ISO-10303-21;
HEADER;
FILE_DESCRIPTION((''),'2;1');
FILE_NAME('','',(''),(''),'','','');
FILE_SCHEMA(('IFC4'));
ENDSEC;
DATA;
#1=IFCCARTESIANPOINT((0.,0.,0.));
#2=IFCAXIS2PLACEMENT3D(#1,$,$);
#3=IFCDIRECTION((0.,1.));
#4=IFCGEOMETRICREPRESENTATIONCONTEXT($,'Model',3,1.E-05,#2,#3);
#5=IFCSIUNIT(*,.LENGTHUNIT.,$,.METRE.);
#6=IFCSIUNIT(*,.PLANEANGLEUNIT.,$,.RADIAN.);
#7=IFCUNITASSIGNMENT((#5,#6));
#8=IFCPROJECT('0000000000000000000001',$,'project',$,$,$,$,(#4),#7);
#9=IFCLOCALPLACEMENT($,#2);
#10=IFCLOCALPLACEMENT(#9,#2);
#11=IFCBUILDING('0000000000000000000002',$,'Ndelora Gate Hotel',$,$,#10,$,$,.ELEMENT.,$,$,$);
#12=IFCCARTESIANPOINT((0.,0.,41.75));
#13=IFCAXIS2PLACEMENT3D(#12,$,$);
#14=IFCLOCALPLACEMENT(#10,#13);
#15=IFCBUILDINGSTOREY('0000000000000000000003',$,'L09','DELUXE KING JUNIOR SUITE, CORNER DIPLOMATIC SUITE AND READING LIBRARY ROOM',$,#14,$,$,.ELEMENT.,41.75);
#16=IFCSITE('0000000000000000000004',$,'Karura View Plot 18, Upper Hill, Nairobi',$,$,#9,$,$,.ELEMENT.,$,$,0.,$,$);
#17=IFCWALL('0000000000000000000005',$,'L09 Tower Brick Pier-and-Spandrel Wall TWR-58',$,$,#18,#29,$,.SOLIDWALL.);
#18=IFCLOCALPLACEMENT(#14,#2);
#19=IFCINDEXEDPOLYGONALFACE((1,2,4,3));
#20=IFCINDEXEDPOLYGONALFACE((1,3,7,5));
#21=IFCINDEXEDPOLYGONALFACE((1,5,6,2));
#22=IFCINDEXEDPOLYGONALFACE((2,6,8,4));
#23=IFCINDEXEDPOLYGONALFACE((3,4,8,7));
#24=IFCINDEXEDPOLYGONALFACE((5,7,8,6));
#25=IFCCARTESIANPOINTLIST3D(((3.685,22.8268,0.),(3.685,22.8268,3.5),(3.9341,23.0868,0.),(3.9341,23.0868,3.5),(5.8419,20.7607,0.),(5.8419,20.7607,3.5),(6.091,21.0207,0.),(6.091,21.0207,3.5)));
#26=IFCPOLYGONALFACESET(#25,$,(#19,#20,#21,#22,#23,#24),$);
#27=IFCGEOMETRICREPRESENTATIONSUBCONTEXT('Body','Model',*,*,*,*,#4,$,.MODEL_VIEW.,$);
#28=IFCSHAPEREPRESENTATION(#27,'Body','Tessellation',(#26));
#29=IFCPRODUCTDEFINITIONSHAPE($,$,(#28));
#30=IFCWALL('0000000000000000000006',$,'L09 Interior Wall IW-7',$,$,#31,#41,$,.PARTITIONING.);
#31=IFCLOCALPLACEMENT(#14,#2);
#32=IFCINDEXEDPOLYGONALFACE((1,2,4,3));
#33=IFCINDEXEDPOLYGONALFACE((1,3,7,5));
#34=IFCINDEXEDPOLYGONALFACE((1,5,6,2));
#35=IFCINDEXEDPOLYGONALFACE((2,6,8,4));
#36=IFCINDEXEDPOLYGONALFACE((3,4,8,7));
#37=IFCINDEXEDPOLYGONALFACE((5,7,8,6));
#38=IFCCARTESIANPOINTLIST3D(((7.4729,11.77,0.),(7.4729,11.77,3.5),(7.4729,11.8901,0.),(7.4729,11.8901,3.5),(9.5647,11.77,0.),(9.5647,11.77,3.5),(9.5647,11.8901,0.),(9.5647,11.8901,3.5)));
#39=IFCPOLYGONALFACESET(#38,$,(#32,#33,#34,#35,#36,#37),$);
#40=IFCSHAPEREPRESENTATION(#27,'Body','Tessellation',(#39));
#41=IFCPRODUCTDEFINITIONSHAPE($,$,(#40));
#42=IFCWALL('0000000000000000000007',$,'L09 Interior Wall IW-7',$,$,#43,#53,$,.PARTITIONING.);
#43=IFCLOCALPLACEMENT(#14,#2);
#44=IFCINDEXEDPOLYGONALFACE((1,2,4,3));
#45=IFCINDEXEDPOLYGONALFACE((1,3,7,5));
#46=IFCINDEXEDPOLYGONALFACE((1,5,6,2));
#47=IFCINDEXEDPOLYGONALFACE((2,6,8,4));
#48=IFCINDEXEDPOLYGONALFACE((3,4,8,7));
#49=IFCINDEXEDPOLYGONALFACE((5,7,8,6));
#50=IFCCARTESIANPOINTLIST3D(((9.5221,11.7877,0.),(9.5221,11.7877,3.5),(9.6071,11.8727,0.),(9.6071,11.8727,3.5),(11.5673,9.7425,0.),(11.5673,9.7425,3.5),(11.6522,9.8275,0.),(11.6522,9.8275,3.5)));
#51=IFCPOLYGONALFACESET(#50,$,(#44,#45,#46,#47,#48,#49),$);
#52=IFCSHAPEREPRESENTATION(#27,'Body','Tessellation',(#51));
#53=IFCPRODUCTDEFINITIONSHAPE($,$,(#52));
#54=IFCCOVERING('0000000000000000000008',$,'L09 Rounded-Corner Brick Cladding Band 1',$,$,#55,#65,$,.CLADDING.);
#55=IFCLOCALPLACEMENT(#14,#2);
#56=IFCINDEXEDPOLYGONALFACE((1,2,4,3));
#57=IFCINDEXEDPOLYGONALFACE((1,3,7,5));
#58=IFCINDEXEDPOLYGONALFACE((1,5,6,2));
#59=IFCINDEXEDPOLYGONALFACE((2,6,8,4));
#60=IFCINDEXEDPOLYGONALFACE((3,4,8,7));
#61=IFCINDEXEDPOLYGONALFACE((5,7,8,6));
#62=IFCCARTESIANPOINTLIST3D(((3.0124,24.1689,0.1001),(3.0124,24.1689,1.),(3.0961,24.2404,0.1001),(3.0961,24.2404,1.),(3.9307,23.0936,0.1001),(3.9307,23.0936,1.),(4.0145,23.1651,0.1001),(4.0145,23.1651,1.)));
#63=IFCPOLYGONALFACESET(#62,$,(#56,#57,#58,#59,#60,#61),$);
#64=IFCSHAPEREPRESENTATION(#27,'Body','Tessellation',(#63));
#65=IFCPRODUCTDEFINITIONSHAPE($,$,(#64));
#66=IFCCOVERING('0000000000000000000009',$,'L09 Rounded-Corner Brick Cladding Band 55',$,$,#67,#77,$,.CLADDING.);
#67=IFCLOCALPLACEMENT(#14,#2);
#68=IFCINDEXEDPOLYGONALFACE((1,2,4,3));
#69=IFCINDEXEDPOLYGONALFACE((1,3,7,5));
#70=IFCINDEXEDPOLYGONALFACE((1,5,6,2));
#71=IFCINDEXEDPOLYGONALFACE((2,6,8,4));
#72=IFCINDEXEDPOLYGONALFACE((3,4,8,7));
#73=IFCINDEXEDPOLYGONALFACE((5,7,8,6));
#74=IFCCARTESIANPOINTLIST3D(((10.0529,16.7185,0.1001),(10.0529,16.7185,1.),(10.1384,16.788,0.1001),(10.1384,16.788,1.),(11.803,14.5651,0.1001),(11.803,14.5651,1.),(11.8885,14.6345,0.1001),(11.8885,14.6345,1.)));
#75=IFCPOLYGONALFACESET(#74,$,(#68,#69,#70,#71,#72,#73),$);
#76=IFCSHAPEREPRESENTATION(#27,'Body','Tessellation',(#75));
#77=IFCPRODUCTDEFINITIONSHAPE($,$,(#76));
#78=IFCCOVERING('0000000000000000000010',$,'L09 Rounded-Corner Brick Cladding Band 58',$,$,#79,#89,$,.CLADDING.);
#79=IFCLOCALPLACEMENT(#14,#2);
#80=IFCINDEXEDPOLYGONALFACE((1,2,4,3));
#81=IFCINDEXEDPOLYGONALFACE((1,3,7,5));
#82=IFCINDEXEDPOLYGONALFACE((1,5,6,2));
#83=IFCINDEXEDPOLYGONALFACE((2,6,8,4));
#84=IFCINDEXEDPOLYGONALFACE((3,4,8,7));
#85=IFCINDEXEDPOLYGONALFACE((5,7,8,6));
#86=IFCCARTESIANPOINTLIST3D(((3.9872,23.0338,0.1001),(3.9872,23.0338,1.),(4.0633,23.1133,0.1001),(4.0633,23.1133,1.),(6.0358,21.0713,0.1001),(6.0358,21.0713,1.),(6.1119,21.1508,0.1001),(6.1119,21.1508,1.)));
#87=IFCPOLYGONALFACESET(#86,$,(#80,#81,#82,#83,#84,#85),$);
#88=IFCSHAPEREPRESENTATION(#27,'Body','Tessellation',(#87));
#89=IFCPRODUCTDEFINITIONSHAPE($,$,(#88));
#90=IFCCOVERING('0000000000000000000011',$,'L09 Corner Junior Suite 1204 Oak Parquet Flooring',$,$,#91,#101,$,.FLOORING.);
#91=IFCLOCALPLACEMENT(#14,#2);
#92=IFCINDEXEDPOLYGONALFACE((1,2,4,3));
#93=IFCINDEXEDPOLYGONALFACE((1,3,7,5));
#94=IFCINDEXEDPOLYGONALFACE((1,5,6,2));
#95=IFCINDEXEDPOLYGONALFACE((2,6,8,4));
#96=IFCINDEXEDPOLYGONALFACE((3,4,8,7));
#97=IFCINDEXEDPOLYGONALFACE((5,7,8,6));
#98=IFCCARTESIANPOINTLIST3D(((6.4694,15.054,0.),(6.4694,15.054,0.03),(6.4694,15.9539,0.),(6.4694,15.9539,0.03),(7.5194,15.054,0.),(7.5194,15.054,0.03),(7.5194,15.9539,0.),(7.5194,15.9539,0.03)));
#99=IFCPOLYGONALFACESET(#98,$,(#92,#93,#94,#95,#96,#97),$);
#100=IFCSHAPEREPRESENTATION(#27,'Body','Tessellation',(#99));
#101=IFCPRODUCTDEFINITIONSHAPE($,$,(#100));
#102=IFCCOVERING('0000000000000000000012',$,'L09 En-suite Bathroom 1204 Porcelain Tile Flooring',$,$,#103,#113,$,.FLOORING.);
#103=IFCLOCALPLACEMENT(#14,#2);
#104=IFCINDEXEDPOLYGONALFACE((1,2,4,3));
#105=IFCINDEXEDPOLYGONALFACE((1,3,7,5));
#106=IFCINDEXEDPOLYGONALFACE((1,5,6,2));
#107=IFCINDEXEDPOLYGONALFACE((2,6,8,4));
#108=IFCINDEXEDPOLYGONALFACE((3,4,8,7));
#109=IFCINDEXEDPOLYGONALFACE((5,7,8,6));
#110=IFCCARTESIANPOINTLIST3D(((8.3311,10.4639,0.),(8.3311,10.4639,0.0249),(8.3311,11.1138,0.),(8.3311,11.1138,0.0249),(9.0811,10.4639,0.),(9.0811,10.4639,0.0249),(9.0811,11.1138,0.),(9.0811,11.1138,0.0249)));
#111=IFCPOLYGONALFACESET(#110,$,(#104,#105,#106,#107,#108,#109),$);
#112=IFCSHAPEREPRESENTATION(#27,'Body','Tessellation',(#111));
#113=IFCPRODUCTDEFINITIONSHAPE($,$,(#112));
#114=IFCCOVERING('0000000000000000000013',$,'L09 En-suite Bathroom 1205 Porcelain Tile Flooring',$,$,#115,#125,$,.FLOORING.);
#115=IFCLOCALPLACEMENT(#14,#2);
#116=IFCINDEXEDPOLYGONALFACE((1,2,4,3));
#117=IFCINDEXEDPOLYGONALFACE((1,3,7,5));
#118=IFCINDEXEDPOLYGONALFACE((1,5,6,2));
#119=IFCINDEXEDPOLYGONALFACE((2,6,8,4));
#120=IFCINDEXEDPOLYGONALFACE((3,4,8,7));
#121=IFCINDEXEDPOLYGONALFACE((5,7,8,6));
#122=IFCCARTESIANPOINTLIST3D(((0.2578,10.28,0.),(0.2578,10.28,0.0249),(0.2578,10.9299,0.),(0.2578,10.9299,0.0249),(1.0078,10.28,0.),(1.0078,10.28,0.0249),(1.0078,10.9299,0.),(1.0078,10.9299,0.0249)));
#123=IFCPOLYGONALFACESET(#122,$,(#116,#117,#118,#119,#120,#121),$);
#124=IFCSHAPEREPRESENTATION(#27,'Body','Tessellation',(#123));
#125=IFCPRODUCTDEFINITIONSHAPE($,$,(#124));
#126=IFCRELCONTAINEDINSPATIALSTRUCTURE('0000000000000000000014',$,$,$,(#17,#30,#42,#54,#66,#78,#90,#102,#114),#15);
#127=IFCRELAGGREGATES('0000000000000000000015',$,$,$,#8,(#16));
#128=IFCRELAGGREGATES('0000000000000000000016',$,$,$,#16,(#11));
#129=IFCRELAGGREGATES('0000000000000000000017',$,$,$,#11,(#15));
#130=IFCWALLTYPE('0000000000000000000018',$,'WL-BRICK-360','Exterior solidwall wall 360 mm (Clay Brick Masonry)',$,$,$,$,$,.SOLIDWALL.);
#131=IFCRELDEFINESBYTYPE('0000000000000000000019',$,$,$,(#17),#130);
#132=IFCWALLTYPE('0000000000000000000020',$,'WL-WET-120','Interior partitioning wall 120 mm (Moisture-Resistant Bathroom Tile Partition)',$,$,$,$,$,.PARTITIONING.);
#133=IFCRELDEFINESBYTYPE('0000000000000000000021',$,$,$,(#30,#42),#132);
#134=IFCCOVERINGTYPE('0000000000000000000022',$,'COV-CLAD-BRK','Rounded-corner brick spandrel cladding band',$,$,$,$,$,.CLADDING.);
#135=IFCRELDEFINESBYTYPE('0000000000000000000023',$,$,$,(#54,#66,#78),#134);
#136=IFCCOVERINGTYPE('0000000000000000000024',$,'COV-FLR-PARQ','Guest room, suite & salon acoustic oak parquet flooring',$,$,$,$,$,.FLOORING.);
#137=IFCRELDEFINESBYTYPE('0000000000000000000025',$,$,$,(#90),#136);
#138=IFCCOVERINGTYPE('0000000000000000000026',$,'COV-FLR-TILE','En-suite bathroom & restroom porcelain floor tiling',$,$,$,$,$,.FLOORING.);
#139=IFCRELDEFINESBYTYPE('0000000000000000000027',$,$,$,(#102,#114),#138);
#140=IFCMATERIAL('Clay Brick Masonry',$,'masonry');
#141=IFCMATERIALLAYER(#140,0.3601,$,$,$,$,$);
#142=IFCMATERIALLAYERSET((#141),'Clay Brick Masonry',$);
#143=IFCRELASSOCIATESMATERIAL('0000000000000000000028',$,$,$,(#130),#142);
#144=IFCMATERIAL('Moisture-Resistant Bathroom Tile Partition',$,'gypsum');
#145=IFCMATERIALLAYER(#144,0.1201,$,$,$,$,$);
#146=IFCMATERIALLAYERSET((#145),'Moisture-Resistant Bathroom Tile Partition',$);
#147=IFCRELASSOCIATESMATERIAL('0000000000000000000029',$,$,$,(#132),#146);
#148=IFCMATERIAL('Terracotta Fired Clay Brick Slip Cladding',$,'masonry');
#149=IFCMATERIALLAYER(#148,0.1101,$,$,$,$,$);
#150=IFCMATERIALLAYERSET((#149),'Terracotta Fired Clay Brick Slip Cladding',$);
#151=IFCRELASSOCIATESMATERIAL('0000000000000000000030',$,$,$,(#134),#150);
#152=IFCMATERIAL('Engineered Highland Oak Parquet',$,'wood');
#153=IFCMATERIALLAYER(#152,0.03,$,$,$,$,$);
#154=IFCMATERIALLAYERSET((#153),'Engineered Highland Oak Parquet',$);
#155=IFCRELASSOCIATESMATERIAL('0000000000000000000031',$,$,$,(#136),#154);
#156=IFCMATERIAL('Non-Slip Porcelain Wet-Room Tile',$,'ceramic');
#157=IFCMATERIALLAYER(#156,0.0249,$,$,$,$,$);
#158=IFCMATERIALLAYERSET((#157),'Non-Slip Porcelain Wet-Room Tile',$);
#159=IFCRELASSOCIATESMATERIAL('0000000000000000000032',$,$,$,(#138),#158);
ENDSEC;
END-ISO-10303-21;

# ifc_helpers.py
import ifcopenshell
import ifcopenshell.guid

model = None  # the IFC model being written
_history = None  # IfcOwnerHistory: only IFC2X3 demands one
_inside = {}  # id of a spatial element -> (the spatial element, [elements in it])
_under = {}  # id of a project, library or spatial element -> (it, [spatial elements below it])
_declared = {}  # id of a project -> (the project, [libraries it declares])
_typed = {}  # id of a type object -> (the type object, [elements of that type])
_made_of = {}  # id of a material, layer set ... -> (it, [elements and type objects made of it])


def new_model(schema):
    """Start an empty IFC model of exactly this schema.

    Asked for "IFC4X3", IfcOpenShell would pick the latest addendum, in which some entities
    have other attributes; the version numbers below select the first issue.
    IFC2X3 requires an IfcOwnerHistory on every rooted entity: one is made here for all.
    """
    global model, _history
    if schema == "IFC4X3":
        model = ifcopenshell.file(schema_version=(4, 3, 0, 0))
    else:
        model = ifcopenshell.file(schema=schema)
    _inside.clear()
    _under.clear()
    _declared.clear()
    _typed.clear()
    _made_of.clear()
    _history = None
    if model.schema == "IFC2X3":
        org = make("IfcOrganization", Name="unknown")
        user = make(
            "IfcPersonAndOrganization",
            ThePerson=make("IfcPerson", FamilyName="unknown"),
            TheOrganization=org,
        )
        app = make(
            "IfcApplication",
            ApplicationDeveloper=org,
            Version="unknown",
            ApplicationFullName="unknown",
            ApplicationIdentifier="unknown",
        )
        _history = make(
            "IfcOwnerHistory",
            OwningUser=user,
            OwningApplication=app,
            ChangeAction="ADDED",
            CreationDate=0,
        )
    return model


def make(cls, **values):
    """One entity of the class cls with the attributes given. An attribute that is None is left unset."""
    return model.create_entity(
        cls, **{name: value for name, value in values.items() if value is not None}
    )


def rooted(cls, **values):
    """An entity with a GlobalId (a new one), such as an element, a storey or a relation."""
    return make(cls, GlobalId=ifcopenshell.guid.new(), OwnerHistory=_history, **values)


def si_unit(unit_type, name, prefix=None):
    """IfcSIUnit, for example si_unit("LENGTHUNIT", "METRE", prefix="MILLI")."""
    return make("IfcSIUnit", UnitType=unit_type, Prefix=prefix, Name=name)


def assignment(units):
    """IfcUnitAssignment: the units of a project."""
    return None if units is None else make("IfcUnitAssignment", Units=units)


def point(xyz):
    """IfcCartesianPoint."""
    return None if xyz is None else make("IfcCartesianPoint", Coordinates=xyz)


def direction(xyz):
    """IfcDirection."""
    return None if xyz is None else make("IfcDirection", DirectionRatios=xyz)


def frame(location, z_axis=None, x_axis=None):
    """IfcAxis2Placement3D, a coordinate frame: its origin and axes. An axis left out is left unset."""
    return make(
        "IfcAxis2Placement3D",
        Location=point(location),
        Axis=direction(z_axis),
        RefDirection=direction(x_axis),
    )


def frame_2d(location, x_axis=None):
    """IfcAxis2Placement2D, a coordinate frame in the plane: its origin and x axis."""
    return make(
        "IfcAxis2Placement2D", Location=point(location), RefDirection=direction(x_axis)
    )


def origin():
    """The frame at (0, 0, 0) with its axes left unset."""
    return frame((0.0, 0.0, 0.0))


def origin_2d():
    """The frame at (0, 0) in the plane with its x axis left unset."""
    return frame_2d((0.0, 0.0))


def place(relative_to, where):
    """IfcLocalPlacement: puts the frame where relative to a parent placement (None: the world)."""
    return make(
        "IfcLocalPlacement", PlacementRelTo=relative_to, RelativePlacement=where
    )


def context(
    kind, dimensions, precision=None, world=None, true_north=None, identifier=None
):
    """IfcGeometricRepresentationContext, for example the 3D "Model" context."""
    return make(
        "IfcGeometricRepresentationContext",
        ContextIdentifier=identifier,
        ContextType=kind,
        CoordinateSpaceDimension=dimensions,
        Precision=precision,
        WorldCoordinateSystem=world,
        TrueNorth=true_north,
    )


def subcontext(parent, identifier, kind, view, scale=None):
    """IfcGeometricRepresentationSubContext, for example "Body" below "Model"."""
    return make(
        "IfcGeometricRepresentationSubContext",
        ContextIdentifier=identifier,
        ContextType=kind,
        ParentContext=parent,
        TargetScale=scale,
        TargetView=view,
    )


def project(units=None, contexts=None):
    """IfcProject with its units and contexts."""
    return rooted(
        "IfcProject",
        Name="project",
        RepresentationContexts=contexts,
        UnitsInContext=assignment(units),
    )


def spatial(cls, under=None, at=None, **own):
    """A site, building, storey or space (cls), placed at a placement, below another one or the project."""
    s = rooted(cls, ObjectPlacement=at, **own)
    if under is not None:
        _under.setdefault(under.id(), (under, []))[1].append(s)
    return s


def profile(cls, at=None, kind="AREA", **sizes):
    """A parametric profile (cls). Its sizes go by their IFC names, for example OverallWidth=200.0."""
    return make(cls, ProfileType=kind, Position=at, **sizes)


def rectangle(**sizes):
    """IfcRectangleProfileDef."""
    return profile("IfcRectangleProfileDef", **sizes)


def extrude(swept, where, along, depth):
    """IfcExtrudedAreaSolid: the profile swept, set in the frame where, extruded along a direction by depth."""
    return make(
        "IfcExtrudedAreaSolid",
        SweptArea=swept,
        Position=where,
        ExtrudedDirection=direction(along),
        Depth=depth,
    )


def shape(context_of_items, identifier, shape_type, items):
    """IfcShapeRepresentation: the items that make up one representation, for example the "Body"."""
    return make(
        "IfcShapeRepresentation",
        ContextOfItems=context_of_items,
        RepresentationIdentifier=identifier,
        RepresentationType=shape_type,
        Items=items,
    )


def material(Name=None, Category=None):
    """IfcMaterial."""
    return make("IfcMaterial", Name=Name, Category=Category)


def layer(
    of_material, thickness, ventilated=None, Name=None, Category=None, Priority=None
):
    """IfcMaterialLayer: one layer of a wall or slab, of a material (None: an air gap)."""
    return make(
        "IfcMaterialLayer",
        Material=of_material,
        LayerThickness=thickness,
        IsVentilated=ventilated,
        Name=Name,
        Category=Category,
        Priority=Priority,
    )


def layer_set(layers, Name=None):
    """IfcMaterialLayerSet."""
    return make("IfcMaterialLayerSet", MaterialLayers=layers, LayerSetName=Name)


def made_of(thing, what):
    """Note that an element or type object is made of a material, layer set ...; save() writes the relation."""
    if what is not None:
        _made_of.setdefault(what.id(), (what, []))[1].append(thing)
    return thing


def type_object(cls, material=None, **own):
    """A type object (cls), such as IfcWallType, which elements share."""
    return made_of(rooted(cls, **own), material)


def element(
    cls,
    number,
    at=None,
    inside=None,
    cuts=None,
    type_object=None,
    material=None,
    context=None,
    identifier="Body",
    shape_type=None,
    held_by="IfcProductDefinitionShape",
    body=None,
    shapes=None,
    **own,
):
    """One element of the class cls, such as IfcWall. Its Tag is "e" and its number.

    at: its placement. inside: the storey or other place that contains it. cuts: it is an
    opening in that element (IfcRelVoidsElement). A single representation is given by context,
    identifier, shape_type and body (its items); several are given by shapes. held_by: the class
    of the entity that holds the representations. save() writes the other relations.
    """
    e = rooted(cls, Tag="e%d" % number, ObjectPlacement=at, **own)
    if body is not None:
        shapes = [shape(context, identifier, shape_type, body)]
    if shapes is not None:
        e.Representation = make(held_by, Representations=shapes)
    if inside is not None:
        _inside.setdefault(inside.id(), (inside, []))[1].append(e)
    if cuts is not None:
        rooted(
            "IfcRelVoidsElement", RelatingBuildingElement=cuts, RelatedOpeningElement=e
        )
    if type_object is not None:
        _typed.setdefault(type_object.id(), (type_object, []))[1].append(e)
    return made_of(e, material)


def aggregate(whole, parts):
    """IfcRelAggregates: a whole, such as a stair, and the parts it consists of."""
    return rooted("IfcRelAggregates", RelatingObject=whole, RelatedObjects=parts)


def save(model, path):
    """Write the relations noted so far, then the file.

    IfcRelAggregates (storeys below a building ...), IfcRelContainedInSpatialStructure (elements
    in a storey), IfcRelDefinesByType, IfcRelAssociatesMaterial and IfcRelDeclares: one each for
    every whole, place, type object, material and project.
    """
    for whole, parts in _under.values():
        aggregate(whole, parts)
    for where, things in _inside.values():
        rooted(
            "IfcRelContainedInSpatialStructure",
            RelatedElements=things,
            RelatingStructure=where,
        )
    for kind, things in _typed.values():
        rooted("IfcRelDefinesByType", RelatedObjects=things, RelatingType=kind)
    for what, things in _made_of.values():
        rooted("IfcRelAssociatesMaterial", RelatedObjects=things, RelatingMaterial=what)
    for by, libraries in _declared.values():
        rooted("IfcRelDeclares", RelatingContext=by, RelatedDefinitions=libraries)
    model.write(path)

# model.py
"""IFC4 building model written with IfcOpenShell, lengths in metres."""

from ifc_helpers import new_model, si_unit, direction, frame, frame_2d, origin, origin_2d, place, context, subcontext, project, spatial, rectangle, extrude, material, layer, layer_set, type_object, element, save


model = new_model("IFC4")

# Units and contexts
model_context = context("Model", 3, precision=1e-05, world=origin(), true_north=direction((0.0, 1.0)))
body_context = subcontext(model_context, "Body", "Model", "MODEL_VIEW")
ifc_project = project(units=[si_unit("LENGTHUNIT", "METRE"), si_unit("PLANEANGLEUNIT", "RADIAN")], contexts=[model_context])

# Site, building, storey
site_placement = place(None, origin())
site = spatial("IfcSite", under=ifc_project, at=site_placement, Name="Karura View Plot 18, Upper Hill, Nairobi", CompositionType="ELEMENT", RefElevation=0.0)
building_placement = place(site_placement, origin())
building = spatial("IfcBuilding", under=site, at=building_placement, Name="Ndelora Gate Hotel", CompositionType="ELEMENT")
storey_placement = place(building_placement, frame((0.0, 0.0, 41.75)))
storey = spatial("IfcBuildingStorey", under=building, at=storey_placement, Name="L09", Description="DELUXE KING JUNIOR SUITE, CORNER DIPLOMATIC SUITE AND READING LIBRARY ROOM", CompositionType="ELEMENT", Elevation=41.75)

# Shared definitions
ifc_material_1 = material(Name="Clay Brick Masonry", Category="masonry")
ifc_layer_1 = layer(ifc_material_1, 0.3601)
ifc_layer_set_1 = layer_set([ifc_layer_1], Name="Clay Brick Masonry")
wall_type_1 = type_object("IfcWallType", Name="WL-BRICK-360", Description="Exterior solidwall wall 360 mm (Clay Brick Masonry)", PredefinedType="SOLIDWALL", material=ifc_layer_set_1)

# Walls
wall_1_placement = place(storey_placement, frame((3.8096, 22.9568, 0.0), z_axis=(0.0, 0.0, 1.0), x_axis=(0.722146, -0.69174, 0.0)))
element("IfcWall", 1, at=wall_1_placement, inside=storey, type_object=wall_type_1, Name="L09 Tower Brick Pier-and-Spandrel Wall TWR-58", PredefinedType="SOLIDWALL", context=body_context, shape_type="SweptSolid", body=[
    extrude(rectangle(XDim=2.9868, YDim=0.3601, at=frame_2d((1.4934, 0.0))), origin(), (0.0, 0.0, 1.0), 3.5),
])
ifc_material_2 = material(Name="Moisture-Resistant Bathroom Tile Partition", Category="gypsum")
ifc_layer_2 = layer(ifc_material_2, 0.1201)
ifc_layer_set_2 = layer_set([ifc_layer_2], Name="Moisture-Resistant Bathroom Tile Partition")
wall_type_2 = type_object("IfcWallType", Name="WL-WET-120", Description="Interior partitioning wall 120 mm (Moisture-Resistant Bathroom Tile Partition)", PredefinedType="PARTITIONING", material=ifc_layer_set_2)
wall_2_placement = place(storey_placement, frame((7.4729, 11.8301, 0.0), z_axis=(0.0, 0.0, 1.0), x_axis=(1.0, 0.0, 0.0)))
element("IfcWall", 2, at=wall_2_placement, inside=storey, type_object=wall_type_2, Name="L09 Interior Wall IW-7", PredefinedType="PARTITIONING", context=body_context, shape_type="SweptSolid", body=[
    extrude(rectangle(XDim=2.0918, YDim=0.1201, at=frame_2d((1.0459, 0.0))), origin(), (0.0, 0.0, 1.0), 3.5),
])
wall_3_placement = place(storey_placement, frame((11.6099, 9.7849, 0.0), z_axis=(0.0, 0.0, 1.0), x_axis=(-0.707107, 0.707107, 0.0)))
element("IfcWall", 3, at=wall_3_placement, inside=storey, type_object=wall_type_2, Name="L09 Interior Wall IW-7", PredefinedType="PARTITIONING", context=body_context, shape_type="SweptSolid", body=[
    extrude(rectangle(XDim=2.8923, YDim=0.1201, at=frame_2d((1.4463, 0.0))), origin(), (0.0, 0.0, 1.0), 3.5),
])

# Coverings
ifc_material_3 = material(Name="Terracotta Fired Clay Brick Slip Cladding", Category="masonry")
ifc_layer_3 = layer(ifc_material_3, 0.1101)
ifc_layer_set_3 = layer_set([ifc_layer_3], Name="Terracotta Fired Clay Brick Slip Cladding")
covering_type_1 = type_object("IfcCoveringType", Name="COV-CLAD-BRK", Description="Rounded-corner brick spandrel cladding band", PredefinedType="CLADDING", material=ifc_layer_set_3)
covering_1_placement = place(storey_placement, frame((3.5134, 23.667, 0.1001), z_axis=(0.0, 0.0, 1.0), x_axis=(-0.649448, 0.760406, 0.0)))
element("IfcCovering", 4, at=covering_1_placement, inside=storey, type_object=covering_type_1, Name="L09 Rounded-Corner Brick Cladding Band 1", PredefinedType="CLADDING", context=body_context, shape_type="SweptSolid", body=[
    extrude(rectangle(XDim=1.4141, YDim=0.1101, at=origin_2d()), origin(), (0.0, 0.0, 1.0), 0.8999),
])
covering_2_placement = place(storey_placement, frame((10.9707, 15.6765, 0.1001), z_axis=(0.0, 0.0, 1.0), x_axis=(-0.630676, 0.776046, 0.0)))
element("IfcCovering", 5, at=covering_2_placement, inside=storey, type_object=covering_type_1, Name="L09 Rounded-Corner Brick Cladding Band 55", PredefinedType="CLADDING", context=body_context, shape_type="SweptSolid", body=[
    extrude(rectangle(XDim=2.7749, YDim=0.1101, at=origin_2d()), origin(), (0.0, 0.0, 1.0), 0.8999),
])
covering_3_placement = place(storey_placement, frame((5.0496, 22.0923, 0.1001), z_axis=(0.0, 0.0, 1.0), x_axis=(-0.722123, 0.691765, 0.0)))
element("IfcCovering", 6, at=covering_3_placement, inside=storey, type_object=covering_type_1, Name="L09 Rounded-Corner Brick Cladding Band 58", PredefinedType="CLADDING", context=body_context, shape_type="SweptSolid", body=[
    extrude(rectangle(XDim=2.8369, YDim=0.1101, at=origin_2d()), origin(), (0.0, 0.0, 1.0), 0.8999),
])
ifc_material_4 = material(Name="Engineered Highland Oak Parquet", Category="wood")
ifc_layer_4 = layer(ifc_material_4, 0.03)
ifc_layer_set_4 = layer_set([ifc_layer_4], Name="Engineered Highland Oak Parquet")
covering_type_2 = type_object("IfcCoveringType", Name="COV-FLR-PARQ", Description="Guest room, suite & salon acoustic oak parquet flooring", PredefinedType="FLOORING", material=ifc_layer_set_4)
covering_4_placement = place(storey_placement, frame((6.9944, 15.5039, 0.0), z_axis=(0.0, 0.0, 1.0), x_axis=(1.0, 0.0, 0.0)))
element("IfcCovering", 7, at=covering_4_placement, inside=storey, type_object=covering_type_2, Name="L09 Corner Junior Suite 1204 Oak Parquet Flooring", PredefinedType="FLOORING", context=body_context, shape_type="SweptSolid", body=[
    extrude(rectangle(XDim=1.05, YDim=0.8999, at=origin_2d()), origin(), (0.0, 0.0, 1.0), 0.03),
])
ifc_material_5 = material(Name="Non-Slip Porcelain Wet-Room Tile", Category="ceramic")
ifc_layer_5 = layer(ifc_material_5, 0.0249)
ifc_layer_set_5 = layer_set([ifc_layer_5], Name="Non-Slip Porcelain Wet-Room Tile")
covering_type_3 = type_object("IfcCoveringType", Name="COV-FLR-TILE", Description="En-suite bathroom & restroom porcelain floor tiling", PredefinedType="FLOORING", material=ifc_layer_set_5)
for number, where, z_axis, x_axis, name in (
    (8, (8.7061, 10.7888, 0.0), (0.0, 0.0, 1.0), (1.0, 0.0, 0.0), "L09 En-suite Bathroom 1204 Porcelain Tile Flooring"),
    (9, (0.6328, 10.605, 0.0), (0.0, 0.0, 1.0), (1.0, 0.0, 0.0), "L09 En-suite Bathroom 1205 Porcelain Tile Flooring"),
):
    element("IfcCovering", number, at=place(storey_placement, frame(where, z_axis=z_axis, x_axis=x_axis)), inside=storey, type_object=covering_type_3, Name=name, PredefinedType="FLOORING", context=body_context, shape_type="SweptSolid", body=[
        extrude(rectangle(XDim=0.75, YDim=0.6499, at=origin_2d()), origin(), (0.0, 0.0, 1.0), 0.0249),
    ])

save(model, "model.ifc")
